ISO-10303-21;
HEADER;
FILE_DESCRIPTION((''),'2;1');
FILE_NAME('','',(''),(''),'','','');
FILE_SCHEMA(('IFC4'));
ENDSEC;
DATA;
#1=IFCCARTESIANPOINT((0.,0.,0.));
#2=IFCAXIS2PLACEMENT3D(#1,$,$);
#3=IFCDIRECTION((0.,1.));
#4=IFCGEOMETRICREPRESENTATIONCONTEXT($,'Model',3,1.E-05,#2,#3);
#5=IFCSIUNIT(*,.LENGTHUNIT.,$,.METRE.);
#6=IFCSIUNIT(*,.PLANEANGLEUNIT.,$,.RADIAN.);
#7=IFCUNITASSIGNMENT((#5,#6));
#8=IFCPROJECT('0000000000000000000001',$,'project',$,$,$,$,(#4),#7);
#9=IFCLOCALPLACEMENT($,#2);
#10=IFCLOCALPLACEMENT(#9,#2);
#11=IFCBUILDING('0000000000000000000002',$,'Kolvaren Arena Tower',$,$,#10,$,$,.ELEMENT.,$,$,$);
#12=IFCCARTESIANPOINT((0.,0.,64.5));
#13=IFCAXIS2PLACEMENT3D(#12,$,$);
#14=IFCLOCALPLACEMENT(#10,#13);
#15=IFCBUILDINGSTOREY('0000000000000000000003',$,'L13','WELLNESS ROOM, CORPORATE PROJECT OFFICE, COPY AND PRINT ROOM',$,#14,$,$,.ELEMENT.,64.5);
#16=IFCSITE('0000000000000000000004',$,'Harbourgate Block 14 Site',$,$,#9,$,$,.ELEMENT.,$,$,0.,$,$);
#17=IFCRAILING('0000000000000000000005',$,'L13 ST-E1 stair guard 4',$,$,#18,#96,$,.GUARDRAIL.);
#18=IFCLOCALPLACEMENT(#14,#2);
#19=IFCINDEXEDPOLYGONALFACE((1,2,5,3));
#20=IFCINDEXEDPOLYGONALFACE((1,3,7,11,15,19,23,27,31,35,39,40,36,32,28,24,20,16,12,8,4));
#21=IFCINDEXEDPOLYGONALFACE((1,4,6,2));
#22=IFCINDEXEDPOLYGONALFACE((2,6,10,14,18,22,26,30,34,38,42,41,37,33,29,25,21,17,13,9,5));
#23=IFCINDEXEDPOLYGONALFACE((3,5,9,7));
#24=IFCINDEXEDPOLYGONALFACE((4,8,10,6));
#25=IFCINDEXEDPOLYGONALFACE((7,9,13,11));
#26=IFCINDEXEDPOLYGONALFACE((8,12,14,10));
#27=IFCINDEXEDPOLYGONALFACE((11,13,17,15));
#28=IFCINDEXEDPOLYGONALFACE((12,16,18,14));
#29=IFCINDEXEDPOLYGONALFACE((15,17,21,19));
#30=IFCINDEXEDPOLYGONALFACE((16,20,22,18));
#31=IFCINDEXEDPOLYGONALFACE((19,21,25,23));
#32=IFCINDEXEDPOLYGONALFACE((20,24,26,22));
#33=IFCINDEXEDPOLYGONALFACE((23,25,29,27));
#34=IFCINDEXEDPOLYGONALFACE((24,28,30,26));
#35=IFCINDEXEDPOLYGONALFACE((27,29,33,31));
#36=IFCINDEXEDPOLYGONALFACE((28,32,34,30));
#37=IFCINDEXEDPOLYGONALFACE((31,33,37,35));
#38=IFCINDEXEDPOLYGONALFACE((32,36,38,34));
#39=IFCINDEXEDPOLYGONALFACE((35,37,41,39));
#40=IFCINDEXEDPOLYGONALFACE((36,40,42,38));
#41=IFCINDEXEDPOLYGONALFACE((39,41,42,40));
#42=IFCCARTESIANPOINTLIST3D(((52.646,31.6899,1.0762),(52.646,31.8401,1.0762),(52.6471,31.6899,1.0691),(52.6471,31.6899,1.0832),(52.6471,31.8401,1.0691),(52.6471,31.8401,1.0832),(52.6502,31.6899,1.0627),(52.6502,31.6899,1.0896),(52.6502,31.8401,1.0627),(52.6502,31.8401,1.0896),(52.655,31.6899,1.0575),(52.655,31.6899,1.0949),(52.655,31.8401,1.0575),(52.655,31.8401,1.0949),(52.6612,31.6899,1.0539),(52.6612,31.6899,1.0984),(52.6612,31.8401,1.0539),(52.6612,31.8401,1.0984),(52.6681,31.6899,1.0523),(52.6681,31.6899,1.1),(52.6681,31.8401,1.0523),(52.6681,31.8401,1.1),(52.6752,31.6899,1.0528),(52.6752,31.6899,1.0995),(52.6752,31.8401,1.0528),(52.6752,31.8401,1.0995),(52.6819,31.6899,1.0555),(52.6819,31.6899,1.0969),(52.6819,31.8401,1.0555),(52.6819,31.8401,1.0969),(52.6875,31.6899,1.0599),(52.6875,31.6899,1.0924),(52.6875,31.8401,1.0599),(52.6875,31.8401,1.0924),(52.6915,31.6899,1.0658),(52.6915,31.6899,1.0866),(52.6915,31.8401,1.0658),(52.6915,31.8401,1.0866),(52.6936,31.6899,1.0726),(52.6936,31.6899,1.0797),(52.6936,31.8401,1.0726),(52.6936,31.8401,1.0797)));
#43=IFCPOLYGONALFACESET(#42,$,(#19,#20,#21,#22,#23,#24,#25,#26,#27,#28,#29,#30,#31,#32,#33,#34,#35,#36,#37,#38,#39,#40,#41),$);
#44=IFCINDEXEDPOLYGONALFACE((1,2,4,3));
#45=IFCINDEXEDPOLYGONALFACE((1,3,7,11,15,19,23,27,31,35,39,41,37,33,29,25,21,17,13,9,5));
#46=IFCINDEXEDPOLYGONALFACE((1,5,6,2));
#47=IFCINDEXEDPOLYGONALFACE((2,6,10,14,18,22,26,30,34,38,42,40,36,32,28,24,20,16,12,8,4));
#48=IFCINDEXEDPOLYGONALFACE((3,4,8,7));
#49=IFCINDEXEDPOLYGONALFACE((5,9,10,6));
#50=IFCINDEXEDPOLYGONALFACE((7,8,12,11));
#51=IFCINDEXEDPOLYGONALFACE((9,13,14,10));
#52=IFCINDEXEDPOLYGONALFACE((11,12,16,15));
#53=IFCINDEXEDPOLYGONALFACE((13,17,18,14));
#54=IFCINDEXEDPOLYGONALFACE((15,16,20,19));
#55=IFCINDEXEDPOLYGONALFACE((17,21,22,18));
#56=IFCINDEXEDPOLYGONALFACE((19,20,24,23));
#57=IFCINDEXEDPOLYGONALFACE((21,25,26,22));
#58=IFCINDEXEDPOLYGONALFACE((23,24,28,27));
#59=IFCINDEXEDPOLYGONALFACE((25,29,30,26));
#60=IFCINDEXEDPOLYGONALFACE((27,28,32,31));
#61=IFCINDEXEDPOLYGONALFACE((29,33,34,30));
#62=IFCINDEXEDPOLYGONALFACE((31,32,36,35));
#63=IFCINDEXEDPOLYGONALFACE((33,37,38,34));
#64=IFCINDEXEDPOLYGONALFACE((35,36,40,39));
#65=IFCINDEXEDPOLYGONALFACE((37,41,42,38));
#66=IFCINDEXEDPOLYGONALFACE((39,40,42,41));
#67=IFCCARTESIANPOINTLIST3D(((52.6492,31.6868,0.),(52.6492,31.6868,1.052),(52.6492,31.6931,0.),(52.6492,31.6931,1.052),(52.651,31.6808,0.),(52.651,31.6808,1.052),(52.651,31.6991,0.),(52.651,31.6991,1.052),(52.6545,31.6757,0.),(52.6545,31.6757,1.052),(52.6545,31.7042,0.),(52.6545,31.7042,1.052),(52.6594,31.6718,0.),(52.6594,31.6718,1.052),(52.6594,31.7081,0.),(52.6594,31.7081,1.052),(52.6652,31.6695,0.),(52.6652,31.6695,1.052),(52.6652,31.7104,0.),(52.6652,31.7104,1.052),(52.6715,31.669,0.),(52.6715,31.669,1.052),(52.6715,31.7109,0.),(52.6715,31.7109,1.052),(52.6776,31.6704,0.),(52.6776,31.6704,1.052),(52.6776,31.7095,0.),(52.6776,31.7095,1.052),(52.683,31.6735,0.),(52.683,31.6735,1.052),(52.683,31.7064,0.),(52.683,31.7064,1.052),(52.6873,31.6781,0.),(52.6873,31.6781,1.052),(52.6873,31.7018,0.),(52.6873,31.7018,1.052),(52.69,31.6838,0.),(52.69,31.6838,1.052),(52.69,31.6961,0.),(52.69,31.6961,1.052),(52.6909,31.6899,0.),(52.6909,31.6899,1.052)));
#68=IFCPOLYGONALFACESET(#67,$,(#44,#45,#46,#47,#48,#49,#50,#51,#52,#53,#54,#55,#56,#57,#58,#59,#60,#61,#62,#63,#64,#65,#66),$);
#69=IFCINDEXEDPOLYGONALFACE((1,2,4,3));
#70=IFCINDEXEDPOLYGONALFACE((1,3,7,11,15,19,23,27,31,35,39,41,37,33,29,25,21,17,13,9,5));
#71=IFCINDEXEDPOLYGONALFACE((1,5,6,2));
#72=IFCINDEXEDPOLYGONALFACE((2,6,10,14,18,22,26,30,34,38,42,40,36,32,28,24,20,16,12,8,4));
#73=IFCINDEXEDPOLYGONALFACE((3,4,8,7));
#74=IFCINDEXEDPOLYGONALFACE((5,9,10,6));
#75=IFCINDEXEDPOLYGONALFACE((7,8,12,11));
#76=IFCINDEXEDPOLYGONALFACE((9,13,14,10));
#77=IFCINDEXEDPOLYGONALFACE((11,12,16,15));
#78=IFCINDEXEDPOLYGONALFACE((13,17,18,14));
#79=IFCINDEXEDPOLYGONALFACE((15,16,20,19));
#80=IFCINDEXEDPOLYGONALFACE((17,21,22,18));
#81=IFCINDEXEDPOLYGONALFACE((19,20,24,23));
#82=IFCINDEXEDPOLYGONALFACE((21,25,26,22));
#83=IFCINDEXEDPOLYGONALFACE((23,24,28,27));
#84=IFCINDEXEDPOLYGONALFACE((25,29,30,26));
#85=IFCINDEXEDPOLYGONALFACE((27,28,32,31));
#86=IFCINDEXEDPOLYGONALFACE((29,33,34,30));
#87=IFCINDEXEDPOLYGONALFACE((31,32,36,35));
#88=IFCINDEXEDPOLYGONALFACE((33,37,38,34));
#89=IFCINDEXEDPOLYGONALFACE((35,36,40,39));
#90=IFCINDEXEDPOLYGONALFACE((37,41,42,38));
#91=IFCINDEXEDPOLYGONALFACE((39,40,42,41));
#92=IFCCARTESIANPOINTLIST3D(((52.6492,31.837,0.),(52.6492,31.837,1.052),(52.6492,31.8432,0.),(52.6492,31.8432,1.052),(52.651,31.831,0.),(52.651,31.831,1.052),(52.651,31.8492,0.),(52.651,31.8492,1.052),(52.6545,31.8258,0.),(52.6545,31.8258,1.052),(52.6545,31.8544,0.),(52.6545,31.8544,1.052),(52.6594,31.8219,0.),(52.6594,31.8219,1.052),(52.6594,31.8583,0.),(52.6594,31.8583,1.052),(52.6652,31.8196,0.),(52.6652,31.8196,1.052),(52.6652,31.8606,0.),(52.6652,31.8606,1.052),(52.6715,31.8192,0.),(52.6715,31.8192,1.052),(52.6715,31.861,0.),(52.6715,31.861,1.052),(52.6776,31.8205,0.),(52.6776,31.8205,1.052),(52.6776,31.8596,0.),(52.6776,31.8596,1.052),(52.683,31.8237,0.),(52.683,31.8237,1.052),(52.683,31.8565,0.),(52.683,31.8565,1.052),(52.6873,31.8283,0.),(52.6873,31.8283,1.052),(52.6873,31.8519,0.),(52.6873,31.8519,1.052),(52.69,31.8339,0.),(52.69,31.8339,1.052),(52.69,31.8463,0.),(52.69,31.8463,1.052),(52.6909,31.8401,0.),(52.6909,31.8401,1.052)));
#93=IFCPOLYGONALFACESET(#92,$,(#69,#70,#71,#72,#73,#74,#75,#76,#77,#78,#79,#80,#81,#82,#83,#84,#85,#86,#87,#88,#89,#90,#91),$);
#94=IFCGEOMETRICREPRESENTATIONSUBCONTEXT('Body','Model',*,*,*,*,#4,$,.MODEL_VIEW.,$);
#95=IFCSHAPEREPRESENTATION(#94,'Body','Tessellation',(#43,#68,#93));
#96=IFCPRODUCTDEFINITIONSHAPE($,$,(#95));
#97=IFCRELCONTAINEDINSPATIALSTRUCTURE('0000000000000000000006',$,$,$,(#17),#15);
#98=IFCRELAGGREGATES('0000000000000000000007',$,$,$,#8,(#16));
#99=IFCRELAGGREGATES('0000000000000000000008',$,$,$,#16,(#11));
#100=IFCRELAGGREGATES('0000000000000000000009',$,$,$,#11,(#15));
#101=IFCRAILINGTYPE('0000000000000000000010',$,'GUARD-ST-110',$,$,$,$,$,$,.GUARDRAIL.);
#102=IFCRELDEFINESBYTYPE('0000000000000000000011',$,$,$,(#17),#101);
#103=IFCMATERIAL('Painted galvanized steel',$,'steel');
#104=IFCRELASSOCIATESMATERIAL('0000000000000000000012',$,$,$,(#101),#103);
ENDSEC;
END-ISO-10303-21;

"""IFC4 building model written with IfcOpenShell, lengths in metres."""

from ifc_helpers import new_model, si_unit, direction, frame, origin, origin_2d, place, context, subcontext, project, spatial, circle, extrude, material, type_object, element, save


model = new_model("IFC4")

# Units and contexts
model_context = context("Model", 3, precision=1e-05, world=origin(), true_north=direction((0.0, 1.0)))
body_context = subcontext(model_context, "Body", "Model", "MODEL_VIEW")
ifc_project = project(units=[si_unit("LENGTHUNIT", "METRE"), si_unit("PLANEANGLEUNIT", "RADIAN")], contexts=[model_context])

# Site, building, storey
site_placement = place(None, origin())
site = spatial("IfcSite", under=ifc_project, at=site_placement, Name="Harbourgate Block 14 Site", CompositionType="ELEMENT", RefElevation=0.0)
building_placement = place(site_placement, origin())
building = spatial("IfcBuilding", under=site, at=building_placement, Name="Kolvaren Arena Tower", CompositionType="ELEMENT")
storey_placement = place(building_placement, frame((0.0, 0.0, 64.5)))
storey = spatial("IfcBuildingStorey", under=building, at=storey_placement, Name="L13", Description="WELLNESS ROOM, CORPORATE PROJECT OFFICE, COPY AND PRINT ROOM", CompositionType="ELEMENT", Elevation=64.5)

# Railing
ifc_material_1 = material(Name="Painted galvanized steel", Category="steel")
railing_type_1 = type_object("IfcRailingType", Name="GUARD-ST-110", PredefinedType="GUARDRAIL", material=ifc_material_1)
railing_1_placement = place(storey_placement, frame((52.6699, 31.6899, 0.0)))
element("IfcRailing", 1, at=railing_1_placement, inside=storey, type_object=railing_type_1, Name="L13 ST-E1 stair guard 4", PredefinedType="GUARDRAIL", context=body_context, shape_type="SweptSolid", body=[
    extrude(circle(Radius=0.0239, at=origin_2d()), frame((0.0, 0.0, 1.0762), z_axis=(0.0, 1.0, 0.0), x_axis=(-1.0, 0.0, 0.0)), (0.0, 0.0, 1.0), 0.1501),
    extrude(circle(Radius=0.021, at=origin_2d()), origin(), (0.0, 0.0, 1.0), 1.052),
    extrude(circle(Radius=0.021, at=origin_2d()), frame((0.0, 0.1501, 0.0)), (0.0, 0.0, 1.0), 1.052),
])

save(model, "model.ifc")
